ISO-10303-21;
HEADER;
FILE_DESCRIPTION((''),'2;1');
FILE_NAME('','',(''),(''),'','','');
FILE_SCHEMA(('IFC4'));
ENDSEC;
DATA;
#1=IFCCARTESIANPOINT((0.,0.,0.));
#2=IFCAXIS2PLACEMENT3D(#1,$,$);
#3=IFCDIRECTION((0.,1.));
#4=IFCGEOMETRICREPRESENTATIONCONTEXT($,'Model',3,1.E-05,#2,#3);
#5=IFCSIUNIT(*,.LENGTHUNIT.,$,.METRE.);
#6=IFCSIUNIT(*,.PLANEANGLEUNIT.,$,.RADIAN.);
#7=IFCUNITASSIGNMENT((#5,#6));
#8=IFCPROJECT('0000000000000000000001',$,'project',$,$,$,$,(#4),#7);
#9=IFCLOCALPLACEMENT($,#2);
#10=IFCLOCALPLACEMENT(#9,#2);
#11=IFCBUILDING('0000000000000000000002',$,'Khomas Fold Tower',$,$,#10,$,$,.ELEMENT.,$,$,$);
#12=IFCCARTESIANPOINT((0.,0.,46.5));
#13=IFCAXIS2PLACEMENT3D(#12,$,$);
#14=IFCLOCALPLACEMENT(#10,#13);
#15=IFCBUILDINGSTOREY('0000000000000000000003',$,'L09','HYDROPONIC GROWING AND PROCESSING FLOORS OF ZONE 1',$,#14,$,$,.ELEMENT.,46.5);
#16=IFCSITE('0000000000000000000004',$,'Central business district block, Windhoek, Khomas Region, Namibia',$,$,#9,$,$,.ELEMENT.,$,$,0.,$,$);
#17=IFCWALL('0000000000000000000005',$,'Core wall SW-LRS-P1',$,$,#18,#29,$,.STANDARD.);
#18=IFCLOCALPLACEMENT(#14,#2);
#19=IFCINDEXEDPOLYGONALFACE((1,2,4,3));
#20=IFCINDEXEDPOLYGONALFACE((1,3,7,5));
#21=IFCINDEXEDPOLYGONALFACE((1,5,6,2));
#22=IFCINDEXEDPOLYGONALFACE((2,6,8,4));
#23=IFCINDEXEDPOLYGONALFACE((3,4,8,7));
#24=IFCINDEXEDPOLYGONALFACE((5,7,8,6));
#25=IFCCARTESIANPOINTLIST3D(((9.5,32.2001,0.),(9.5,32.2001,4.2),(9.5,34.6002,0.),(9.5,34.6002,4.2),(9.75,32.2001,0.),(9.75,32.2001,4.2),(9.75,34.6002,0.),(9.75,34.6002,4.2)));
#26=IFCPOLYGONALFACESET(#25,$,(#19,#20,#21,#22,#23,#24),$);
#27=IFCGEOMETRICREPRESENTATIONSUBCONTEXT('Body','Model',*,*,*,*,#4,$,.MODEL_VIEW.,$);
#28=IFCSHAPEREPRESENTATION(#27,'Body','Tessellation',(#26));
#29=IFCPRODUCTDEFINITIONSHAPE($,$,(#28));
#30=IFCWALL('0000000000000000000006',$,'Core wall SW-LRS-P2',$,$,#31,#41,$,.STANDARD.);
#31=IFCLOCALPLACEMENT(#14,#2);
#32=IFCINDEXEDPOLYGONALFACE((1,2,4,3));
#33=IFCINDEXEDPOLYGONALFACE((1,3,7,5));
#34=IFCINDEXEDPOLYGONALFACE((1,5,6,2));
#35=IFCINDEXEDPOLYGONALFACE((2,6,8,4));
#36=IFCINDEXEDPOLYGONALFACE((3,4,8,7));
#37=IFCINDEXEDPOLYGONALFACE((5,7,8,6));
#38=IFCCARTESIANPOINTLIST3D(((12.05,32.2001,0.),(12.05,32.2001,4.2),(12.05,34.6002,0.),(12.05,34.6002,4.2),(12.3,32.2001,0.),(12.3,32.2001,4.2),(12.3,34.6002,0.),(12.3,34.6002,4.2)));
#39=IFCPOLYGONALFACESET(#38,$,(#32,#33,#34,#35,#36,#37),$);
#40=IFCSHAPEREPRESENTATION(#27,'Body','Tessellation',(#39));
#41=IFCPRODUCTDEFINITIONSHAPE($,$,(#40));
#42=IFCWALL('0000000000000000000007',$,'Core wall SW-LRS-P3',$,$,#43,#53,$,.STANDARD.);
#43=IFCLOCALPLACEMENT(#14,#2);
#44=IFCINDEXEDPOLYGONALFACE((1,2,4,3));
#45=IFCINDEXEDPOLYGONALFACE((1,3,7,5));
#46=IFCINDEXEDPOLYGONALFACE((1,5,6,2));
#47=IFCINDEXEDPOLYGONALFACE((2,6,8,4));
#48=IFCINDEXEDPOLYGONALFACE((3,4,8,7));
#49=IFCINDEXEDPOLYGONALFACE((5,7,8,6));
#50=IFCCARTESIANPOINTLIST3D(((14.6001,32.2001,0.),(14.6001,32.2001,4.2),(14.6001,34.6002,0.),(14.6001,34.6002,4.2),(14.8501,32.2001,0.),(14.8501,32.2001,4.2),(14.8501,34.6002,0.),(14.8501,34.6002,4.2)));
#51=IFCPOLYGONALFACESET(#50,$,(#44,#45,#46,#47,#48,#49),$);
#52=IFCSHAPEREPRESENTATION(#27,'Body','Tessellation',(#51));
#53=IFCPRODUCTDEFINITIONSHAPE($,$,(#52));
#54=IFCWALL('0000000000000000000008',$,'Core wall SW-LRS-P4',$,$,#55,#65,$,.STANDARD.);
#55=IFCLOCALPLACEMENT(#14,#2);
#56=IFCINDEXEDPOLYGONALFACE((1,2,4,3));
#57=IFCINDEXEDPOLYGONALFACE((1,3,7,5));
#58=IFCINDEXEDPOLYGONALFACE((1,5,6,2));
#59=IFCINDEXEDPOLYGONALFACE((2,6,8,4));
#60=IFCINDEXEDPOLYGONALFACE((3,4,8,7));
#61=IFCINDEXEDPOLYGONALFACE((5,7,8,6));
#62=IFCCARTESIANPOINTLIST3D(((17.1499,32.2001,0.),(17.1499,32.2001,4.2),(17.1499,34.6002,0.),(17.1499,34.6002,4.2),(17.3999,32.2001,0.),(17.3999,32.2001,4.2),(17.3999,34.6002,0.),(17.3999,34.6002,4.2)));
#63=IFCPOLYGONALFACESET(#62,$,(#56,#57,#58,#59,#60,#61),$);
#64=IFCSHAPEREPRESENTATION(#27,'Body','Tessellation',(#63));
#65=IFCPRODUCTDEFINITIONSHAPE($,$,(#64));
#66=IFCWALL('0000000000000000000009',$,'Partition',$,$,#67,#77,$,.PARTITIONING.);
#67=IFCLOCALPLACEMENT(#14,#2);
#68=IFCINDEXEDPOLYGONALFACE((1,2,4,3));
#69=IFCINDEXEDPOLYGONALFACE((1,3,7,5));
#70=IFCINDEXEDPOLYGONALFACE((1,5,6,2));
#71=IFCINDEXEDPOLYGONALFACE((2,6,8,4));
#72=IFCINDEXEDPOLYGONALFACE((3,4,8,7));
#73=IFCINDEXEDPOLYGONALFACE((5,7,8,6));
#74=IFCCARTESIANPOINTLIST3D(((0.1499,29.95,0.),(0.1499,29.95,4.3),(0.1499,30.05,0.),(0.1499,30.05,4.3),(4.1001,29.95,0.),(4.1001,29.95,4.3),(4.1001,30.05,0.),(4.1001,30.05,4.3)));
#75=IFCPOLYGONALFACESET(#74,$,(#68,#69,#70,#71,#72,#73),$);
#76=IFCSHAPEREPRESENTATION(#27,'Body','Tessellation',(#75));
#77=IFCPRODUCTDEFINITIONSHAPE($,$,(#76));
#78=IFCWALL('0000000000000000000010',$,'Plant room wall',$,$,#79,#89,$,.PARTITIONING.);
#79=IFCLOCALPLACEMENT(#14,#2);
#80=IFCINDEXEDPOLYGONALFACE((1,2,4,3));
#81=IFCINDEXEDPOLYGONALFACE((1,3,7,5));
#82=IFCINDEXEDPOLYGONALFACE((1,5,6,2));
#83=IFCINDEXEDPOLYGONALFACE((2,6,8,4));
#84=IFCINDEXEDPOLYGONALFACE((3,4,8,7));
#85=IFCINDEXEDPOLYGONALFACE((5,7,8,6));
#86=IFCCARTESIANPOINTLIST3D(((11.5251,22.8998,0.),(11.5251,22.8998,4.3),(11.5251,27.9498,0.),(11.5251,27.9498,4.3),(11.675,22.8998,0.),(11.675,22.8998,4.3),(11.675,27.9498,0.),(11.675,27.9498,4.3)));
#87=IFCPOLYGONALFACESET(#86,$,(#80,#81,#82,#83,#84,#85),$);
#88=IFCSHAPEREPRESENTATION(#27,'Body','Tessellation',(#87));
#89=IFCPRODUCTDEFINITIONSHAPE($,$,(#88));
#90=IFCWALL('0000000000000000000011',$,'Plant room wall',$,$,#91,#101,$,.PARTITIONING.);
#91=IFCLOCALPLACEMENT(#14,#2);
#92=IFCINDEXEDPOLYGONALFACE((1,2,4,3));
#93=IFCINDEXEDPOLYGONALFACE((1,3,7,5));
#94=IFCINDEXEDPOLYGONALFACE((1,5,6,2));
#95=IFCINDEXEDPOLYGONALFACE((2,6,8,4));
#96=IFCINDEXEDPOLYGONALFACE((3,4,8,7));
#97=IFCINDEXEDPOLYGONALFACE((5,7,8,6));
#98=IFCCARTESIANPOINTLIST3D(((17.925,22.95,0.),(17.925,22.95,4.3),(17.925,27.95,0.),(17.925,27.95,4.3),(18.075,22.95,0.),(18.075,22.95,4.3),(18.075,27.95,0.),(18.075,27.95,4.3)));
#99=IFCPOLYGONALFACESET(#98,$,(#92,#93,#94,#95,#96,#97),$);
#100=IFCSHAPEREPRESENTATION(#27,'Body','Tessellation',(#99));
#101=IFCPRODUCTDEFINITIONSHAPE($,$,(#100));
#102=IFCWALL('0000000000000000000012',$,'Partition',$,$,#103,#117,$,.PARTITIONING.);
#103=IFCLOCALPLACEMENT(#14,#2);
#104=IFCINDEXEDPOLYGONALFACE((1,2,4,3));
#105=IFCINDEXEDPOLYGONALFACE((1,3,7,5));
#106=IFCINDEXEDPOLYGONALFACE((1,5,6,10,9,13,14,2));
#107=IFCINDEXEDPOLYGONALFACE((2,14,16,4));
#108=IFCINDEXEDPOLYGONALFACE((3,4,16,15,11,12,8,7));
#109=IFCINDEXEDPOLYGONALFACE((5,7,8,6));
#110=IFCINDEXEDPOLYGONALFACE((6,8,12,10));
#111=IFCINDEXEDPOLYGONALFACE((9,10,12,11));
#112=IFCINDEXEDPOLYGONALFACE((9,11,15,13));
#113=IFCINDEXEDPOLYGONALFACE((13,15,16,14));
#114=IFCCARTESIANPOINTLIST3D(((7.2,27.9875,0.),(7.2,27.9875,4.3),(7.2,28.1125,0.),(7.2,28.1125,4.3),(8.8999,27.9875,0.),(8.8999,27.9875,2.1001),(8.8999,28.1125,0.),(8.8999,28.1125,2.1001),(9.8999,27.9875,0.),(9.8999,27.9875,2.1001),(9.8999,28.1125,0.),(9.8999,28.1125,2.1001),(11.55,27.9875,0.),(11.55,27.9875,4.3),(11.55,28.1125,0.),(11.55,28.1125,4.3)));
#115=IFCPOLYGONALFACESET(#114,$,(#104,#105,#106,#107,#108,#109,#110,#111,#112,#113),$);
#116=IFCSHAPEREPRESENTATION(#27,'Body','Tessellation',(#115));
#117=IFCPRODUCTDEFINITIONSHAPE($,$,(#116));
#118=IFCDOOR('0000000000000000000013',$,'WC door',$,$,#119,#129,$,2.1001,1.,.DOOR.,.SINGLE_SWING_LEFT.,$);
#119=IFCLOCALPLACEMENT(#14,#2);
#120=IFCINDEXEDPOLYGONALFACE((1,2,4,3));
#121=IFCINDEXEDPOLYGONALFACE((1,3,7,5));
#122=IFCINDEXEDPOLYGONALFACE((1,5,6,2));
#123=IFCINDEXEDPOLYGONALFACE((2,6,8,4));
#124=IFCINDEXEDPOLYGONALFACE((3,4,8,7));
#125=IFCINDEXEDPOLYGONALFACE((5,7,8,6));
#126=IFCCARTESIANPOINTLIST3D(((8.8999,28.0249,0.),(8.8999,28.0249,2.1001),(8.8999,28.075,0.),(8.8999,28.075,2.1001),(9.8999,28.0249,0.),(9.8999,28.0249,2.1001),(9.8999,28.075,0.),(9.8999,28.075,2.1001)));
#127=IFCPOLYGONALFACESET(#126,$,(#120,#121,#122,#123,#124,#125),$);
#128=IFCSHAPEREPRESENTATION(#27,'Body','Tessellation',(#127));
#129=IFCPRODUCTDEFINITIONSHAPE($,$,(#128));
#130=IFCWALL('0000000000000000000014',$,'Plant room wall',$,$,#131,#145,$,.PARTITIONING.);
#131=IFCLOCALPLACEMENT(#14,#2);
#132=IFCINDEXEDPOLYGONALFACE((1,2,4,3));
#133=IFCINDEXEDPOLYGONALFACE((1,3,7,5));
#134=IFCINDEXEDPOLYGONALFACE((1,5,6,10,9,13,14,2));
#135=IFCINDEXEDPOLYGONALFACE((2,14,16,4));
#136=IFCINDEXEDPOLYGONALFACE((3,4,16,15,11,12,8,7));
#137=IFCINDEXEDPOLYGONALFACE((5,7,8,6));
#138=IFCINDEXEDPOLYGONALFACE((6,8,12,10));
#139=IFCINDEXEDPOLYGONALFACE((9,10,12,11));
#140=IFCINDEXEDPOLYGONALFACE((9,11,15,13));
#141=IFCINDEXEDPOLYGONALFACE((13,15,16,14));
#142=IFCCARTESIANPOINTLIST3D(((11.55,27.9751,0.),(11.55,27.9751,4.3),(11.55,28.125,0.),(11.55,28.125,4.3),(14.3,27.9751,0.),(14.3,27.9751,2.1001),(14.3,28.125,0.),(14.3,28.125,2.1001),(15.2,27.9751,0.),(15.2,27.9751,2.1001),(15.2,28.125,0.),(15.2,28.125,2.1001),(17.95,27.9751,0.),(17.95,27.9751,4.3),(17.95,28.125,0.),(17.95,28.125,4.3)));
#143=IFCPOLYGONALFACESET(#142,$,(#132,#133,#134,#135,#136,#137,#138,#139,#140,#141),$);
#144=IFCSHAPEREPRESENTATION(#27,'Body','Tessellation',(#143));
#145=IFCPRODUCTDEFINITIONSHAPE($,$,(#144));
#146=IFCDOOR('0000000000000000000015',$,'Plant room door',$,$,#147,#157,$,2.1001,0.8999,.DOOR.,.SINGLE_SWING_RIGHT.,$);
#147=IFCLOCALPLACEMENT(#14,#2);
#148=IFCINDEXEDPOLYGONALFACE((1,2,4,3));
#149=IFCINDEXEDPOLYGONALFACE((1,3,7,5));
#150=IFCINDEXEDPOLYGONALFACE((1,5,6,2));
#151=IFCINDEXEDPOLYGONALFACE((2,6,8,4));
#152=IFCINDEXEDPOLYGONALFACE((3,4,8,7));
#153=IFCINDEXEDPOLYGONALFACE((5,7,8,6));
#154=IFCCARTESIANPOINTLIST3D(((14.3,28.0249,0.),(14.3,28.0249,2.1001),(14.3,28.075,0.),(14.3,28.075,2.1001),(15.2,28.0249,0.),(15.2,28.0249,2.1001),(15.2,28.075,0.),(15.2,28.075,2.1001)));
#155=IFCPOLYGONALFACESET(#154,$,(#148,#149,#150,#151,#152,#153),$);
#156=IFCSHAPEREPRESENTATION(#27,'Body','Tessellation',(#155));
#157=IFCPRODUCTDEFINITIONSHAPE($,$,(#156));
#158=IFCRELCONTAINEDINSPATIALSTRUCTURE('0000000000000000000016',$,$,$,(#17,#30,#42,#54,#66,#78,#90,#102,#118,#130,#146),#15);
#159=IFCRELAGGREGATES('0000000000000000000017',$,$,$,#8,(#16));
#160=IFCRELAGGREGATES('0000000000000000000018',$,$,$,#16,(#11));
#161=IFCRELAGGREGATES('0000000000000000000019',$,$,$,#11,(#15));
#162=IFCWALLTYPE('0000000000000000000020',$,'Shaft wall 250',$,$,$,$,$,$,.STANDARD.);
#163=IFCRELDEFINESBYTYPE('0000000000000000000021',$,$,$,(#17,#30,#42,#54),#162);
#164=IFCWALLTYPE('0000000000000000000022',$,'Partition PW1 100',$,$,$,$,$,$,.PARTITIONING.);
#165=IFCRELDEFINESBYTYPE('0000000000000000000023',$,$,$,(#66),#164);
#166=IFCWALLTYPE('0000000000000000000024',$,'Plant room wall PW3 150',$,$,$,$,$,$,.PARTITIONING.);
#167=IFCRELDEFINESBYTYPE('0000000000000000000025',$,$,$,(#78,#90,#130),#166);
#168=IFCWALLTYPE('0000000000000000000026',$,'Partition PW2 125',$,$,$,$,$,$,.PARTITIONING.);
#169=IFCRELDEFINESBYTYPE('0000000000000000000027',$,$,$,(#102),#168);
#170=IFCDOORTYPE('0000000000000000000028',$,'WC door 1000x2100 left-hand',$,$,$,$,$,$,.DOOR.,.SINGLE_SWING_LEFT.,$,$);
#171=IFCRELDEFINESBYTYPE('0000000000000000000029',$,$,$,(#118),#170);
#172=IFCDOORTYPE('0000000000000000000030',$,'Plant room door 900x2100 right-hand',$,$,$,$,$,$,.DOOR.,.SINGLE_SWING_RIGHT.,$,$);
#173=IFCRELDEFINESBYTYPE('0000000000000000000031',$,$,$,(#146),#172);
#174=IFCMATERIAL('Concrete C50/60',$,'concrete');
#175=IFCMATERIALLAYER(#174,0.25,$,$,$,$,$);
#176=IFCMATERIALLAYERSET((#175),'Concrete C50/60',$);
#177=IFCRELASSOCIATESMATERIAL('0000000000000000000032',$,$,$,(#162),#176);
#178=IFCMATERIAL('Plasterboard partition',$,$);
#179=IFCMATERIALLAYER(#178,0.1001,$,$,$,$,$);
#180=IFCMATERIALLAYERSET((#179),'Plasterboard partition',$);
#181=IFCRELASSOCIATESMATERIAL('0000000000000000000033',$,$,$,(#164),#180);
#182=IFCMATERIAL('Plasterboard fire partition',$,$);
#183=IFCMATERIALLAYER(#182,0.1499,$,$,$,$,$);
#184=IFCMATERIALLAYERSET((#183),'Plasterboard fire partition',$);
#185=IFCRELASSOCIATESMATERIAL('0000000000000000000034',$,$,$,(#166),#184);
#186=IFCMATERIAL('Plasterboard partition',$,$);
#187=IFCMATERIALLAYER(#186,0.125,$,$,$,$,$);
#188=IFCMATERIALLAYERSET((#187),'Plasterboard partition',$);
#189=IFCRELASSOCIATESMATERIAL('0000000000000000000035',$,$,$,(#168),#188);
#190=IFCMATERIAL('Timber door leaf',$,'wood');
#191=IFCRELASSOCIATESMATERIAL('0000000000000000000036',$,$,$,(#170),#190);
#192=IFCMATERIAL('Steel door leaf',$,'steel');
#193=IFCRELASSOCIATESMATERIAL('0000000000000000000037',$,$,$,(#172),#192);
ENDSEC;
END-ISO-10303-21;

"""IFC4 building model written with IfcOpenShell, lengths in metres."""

from ifc_helpers import new_model, si_unit, direction, frame, frame_2d, origin, place, context, subcontext, project, spatial, rectangle, extrude, source, transform, mapped, material, layer, layer_set, type_object, element, fill, save


model = new_model("IFC4")

# Units and contexts
model_context = context("Model", 3, precision=1e-05, world=origin(), true_north=direction((0.0, 1.0)))
body_context = subcontext(model_context, "Body", "Model", "MODEL_VIEW")
ifc_project = project(units=[si_unit("LENGTHUNIT", "METRE"), si_unit("PLANEANGLEUNIT", "RADIAN")], contexts=[model_context])

# Site, building, storey
site_placement = place(None, origin())
site = spatial("IfcSite", under=ifc_project, at=site_placement, Name="Central business district block, Windhoek, Khomas Region, Namibia", CompositionType="ELEMENT", RefElevation=0.0)
building_placement = place(site_placement, origin())
building = spatial("IfcBuilding", under=site, at=building_placement, Name="Khomas Fold Tower", CompositionType="ELEMENT")
storey_placement = place(building_placement, frame((0.0, 0.0, 46.5)))
storey = spatial("IfcBuildingStorey", under=building, at=storey_placement, Name="L09", Description="HYDROPONIC GROWING AND PROCESSING FLOORS OF ZONE 1", CompositionType="ELEMENT", Elevation=46.5)

# Walls
ifc_material_1 = material(Name="Concrete C50/60", Category="concrete")
ifc_layer_1 = layer(ifc_material_1, 0.25)
ifc_layer_set_1 = layer_set([ifc_layer_1], Name="Concrete C50/60")
wall_type_1 = type_object("IfcWallType", Name="Shaft wall 250", PredefinedType="STANDARD", material=ifc_layer_set_1)
shared_shape_1 = source(origin(), body_context, "Body", "SweptSolid", [
    extrude(rectangle(XDim=2.4001, YDim=0.25, at=frame_2d((1.2002, 0.0))), origin(), (0.0, 0.0, 1.0), 4.2),
])
for number, where, z_axis, x_axis, name in (
    (1, (9.625, 32.2, 0.0), (0.0, 0.0, 1.0), (0.0, 1.0, 0.0), "Core wall SW-LRS-P1"),
    (2, (12.175, 32.2, 0.0), (0.0, 0.0, 1.0), (0.0, 1.0, 0.0), "Core wall SW-LRS-P2"),
    (3, (14.7251, 32.2, 0.0), (0.0, 0.0, 1.0), (0.0, 1.0, 0.0), "Core wall SW-LRS-P3"),
    (4, (17.2749, 32.2, 0.0), (0.0, 0.0, 1.0), (0.0, 1.0, 0.0), "Core wall SW-LRS-P4"),
):
    element("IfcWall", number, at=place(storey_placement, frame(where, z_axis=z_axis, x_axis=x_axis)), inside=storey, type_object=wall_type_1, Name=name, PredefinedType="STANDARD", context=body_context, shape_type="MappedRepresentation", body=[
        mapped(shared_shape_1, transform((0.0, 0.0, 0.0))),
    ])
ifc_material_2 = material(Name="Plasterboard partition")
ifc_layer_2 = layer(ifc_material_2, 0.1001)
ifc_layer_set_2 = layer_set([ifc_layer_2], Name="Plasterboard partition")
wall_type_2 = type_object("IfcWallType", Name="Partition PW1 100", PredefinedType="PARTITIONING", material=ifc_layer_set_2)
shared_shape_2 = source(origin(), body_context, "Body", "SweptSolid", [
    extrude(rectangle(XDim=3.9502, YDim=0.1001, at=frame_2d((1.9751, 0.0))), origin(), (0.0, 0.0, 1.0), 4.3),
])
wall_1_placement = place(storey_placement, frame((0.1499, 30.0, 0.0), z_axis=(0.0, 0.0, 1.0), x_axis=(1.0, 0.0, 0.0)))
element("IfcWall", 5, at=wall_1_placement, inside=storey, type_object=wall_type_2, Name="Partition", PredefinedType="PARTITIONING", context=body_context, shape_type="MappedRepresentation", body=[
    mapped(shared_shape_2, transform((0.0, 0.0, 0.0))),
])
ifc_material_3 = material(Name="Plasterboard fire partition")
ifc_layer_3 = layer(ifc_material_3, 0.1499)
ifc_layer_set_3 = layer_set([ifc_layer_3], Name="Plasterboard fire partition")
wall_type_3 = type_object("IfcWallType", Name="Plant room wall PW3 150", PredefinedType="PARTITIONING", material=ifc_layer_set_3)
shared_shape_3 = source(origin(), body_context, "Body", "SweptSolid", [
    extrude(rectangle(XDim=5.05, YDim=0.1499, at=frame_2d((2.5249, 0.0))), origin(), (0.0, 0.0, 1.0), 4.3),
])
wall_2_placement = place(storey_placement, frame((11.6001, 22.8999, 0.0), z_axis=(0.0, 0.0, 1.0), x_axis=(0.0, 1.0, 0.0)))
element("IfcWall", 6, at=wall_2_placement, inside=storey, type_object=wall_type_3, Name="Plant room wall", PredefinedType="PARTITIONING", context=body_context, shape_type="MappedRepresentation", body=[
    mapped(shared_shape_3, transform((0.0, 0.0, 0.0))),
])
shared_shape_4 = source(origin(), body_context, "Body", "SweptSolid", [
    extrude(rectangle(XDim=5.0, YDim=0.1499, at=frame_2d((2.5, 0.0))), origin(), (0.0, 0.0, 1.0), 4.3),
])
wall_3_placement = place(storey_placement, frame((18.0, 22.95, 0.0), z_axis=(0.0, 0.0, 1.0), x_axis=(0.0, 1.0, 0.0)))
element("IfcWall", 7, at=wall_3_placement, inside=storey, type_object=wall_type_3, Name="Plant room wall", PredefinedType="PARTITIONING", context=body_context, shape_type="MappedRepresentation", body=[
    mapped(shared_shape_4, transform((0.0, 0.0, 0.0))),
])

# Walls, openings, doors
ifc_material_4 = material(Name="Plasterboard partition")
ifc_layer_4 = layer(ifc_material_4, 0.125)
ifc_layer_set_4 = layer_set([ifc_layer_4], Name="Plasterboard partition")
wall_type_4 = type_object("IfcWallType", Name="Partition PW2 125", PredefinedType="PARTITIONING", material=ifc_layer_set_4)
shared_shape_5 = source(origin(), body_context, "Body", "SweptSolid", [
    extrude(rectangle(XDim=4.3501, YDim=0.125, at=frame_2d((2.175, 0.0))), origin(), (0.0, 0.0, 1.0), 4.3),
])
wall_4_placement = place(storey_placement, frame((7.2, 28.05, 0.0), z_axis=(0.0, 0.0, 1.0), x_axis=(1.0, 0.0, 0.0)))
wall_4 = element("IfcWall", 8, at=wall_4_placement, inside=storey, type_object=wall_type_4, Name="Partition", PredefinedType="PARTITIONING", context=body_context, shape_type="MappedRepresentation", body=[
    mapped(shared_shape_5, transform((0.0, 0.0, 0.0))),
])
shared_shape_6 = source(origin(), body_context, "Body", "SweptSolid", [
    extrude(rectangle(XDim=1.0, YDim=2.1001, at=frame_2d((0.5, 1.05))), frame((0.0, 0.0725, 0.0), z_axis=(0.0, -1.0, 0.0), x_axis=(1.0, 0.0, 0.0)), (0.0, 0.0, 1.0), 0.145),
])
opening_1_placement = place(wall_4_placement, frame((1.7, 0.0, 0.0)))
opening_1 = element("IfcOpeningElement", 9, at=opening_1_placement, cuts=wall_4, PredefinedType="OPENING", context=body_context, shape_type="MappedRepresentation", body=[
    mapped(shared_shape_6, transform((0.0, 0.0, 0.0))),
])
ifc_material_5 = material(Name="Timber door leaf", Category="wood")
door_type_1 = type_object("IfcDoorType", Name="WC door 1000x2100 left-hand", OperationType="SINGLE_SWING_LEFT", PredefinedType="DOOR", material=ifc_material_5)
shared_shape_7 = source(origin(), body_context, "Body", "SweptSolid", [
    extrude(rectangle(XDim=1.0, YDim=2.1001, at=frame_2d((0.5, 1.05))), frame((0.0, 0.0249, 0.0), z_axis=(0.0, -1.0, 0.0), x_axis=(1.0, 0.0, 0.0)), (0.0, 0.0, 1.0), 0.05),
])
door_1_placement = place(opening_1_placement, origin())
door_1 = element("IfcDoor", 10, at=door_1_placement, inside=storey, type_object=door_type_1, Name="WC door", OperationType="SINGLE_SWING_LEFT", OverallHeight=2.1001, OverallWidth=1.0, PredefinedType="DOOR", context=body_context, shape_type="MappedRepresentation", body=[
    mapped(shared_shape_7, transform((0.0, 0.0, 0.0))),
])
fill(opening_1, door_1)
shared_shape_8 = source(origin(), body_context, "Body", "SweptSolid", [
    extrude(rectangle(XDim=6.3999, YDim=0.1499, at=frame_2d((3.2, 0.0))), origin(), (0.0, 0.0, 1.0), 4.3),
])
wall_5_placement = place(storey_placement, frame((11.55, 28.05, 0.0), z_axis=(0.0, 0.0, 1.0), x_axis=(1.0, 0.0, 0.0)))
wall_5 = element("IfcWall", 11, at=wall_5_placement, inside=storey, type_object=wall_type_3, Name="Plant room wall", PredefinedType="PARTITIONING", context=body_context, shape_type="MappedRepresentation", body=[
    mapped(shared_shape_8, transform((0.0, 0.0, 0.0))),
])
shared_shape_9 = source(origin(), body_context, "Body", "SweptSolid", [
    extrude(rectangle(XDim=0.8999, YDim=2.1001, at=frame_2d((0.45, 1.05))), frame((0.0, 0.085, 0.0), z_axis=(0.0, -1.0, 0.0), x_axis=(1.0, 0.0, 0.0)), (0.0, 0.0, 1.0), 0.1699),
])
opening_2_placement = place(wall_5_placement, frame((2.75, 0.0, 0.0)))
opening_2 = element("IfcOpeningElement", 12, at=opening_2_placement, cuts=wall_5, PredefinedType="OPENING", context=body_context, shape_type="MappedRepresentation", body=[
    mapped(shared_shape_9, transform((0.0, 0.0, 0.0))),
])
ifc_material_6 = material(Name="Steel door leaf", Category="steel")
door_type_2 = type_object("IfcDoorType", Name="Plant room door 900x2100 right-hand", OperationType="SINGLE_SWING_RIGHT", PredefinedType="DOOR", material=ifc_material_6)
shared_shape_10 = source(origin(), body_context, "Body", "SweptSolid", [
    extrude(rectangle(XDim=0.8999, YDim=2.1001, at=frame_2d((0.45, 1.05))), frame((0.0, 0.0249, 0.0), z_axis=(0.0, -1.0, 0.0), x_axis=(1.0, 0.0, 0.0)), (0.0, 0.0, 1.0), 0.05),
])
door_2_placement = place(opening_2_placement, origin())
door_2 = element("IfcDoor", 13, at=door_2_placement, inside=storey, type_object=door_type_2, Name="Plant room door", OperationType="SINGLE_SWING_RIGHT", OverallHeight=2.1001, OverallWidth=0.8999, PredefinedType="DOOR", context=body_context, shape_type="MappedRepresentation", body=[
    mapped(shared_shape_10, transform((0.0, 0.0, 0.0))),
])
fill(opening_2, door_2)

save(model, "model.ifc")
